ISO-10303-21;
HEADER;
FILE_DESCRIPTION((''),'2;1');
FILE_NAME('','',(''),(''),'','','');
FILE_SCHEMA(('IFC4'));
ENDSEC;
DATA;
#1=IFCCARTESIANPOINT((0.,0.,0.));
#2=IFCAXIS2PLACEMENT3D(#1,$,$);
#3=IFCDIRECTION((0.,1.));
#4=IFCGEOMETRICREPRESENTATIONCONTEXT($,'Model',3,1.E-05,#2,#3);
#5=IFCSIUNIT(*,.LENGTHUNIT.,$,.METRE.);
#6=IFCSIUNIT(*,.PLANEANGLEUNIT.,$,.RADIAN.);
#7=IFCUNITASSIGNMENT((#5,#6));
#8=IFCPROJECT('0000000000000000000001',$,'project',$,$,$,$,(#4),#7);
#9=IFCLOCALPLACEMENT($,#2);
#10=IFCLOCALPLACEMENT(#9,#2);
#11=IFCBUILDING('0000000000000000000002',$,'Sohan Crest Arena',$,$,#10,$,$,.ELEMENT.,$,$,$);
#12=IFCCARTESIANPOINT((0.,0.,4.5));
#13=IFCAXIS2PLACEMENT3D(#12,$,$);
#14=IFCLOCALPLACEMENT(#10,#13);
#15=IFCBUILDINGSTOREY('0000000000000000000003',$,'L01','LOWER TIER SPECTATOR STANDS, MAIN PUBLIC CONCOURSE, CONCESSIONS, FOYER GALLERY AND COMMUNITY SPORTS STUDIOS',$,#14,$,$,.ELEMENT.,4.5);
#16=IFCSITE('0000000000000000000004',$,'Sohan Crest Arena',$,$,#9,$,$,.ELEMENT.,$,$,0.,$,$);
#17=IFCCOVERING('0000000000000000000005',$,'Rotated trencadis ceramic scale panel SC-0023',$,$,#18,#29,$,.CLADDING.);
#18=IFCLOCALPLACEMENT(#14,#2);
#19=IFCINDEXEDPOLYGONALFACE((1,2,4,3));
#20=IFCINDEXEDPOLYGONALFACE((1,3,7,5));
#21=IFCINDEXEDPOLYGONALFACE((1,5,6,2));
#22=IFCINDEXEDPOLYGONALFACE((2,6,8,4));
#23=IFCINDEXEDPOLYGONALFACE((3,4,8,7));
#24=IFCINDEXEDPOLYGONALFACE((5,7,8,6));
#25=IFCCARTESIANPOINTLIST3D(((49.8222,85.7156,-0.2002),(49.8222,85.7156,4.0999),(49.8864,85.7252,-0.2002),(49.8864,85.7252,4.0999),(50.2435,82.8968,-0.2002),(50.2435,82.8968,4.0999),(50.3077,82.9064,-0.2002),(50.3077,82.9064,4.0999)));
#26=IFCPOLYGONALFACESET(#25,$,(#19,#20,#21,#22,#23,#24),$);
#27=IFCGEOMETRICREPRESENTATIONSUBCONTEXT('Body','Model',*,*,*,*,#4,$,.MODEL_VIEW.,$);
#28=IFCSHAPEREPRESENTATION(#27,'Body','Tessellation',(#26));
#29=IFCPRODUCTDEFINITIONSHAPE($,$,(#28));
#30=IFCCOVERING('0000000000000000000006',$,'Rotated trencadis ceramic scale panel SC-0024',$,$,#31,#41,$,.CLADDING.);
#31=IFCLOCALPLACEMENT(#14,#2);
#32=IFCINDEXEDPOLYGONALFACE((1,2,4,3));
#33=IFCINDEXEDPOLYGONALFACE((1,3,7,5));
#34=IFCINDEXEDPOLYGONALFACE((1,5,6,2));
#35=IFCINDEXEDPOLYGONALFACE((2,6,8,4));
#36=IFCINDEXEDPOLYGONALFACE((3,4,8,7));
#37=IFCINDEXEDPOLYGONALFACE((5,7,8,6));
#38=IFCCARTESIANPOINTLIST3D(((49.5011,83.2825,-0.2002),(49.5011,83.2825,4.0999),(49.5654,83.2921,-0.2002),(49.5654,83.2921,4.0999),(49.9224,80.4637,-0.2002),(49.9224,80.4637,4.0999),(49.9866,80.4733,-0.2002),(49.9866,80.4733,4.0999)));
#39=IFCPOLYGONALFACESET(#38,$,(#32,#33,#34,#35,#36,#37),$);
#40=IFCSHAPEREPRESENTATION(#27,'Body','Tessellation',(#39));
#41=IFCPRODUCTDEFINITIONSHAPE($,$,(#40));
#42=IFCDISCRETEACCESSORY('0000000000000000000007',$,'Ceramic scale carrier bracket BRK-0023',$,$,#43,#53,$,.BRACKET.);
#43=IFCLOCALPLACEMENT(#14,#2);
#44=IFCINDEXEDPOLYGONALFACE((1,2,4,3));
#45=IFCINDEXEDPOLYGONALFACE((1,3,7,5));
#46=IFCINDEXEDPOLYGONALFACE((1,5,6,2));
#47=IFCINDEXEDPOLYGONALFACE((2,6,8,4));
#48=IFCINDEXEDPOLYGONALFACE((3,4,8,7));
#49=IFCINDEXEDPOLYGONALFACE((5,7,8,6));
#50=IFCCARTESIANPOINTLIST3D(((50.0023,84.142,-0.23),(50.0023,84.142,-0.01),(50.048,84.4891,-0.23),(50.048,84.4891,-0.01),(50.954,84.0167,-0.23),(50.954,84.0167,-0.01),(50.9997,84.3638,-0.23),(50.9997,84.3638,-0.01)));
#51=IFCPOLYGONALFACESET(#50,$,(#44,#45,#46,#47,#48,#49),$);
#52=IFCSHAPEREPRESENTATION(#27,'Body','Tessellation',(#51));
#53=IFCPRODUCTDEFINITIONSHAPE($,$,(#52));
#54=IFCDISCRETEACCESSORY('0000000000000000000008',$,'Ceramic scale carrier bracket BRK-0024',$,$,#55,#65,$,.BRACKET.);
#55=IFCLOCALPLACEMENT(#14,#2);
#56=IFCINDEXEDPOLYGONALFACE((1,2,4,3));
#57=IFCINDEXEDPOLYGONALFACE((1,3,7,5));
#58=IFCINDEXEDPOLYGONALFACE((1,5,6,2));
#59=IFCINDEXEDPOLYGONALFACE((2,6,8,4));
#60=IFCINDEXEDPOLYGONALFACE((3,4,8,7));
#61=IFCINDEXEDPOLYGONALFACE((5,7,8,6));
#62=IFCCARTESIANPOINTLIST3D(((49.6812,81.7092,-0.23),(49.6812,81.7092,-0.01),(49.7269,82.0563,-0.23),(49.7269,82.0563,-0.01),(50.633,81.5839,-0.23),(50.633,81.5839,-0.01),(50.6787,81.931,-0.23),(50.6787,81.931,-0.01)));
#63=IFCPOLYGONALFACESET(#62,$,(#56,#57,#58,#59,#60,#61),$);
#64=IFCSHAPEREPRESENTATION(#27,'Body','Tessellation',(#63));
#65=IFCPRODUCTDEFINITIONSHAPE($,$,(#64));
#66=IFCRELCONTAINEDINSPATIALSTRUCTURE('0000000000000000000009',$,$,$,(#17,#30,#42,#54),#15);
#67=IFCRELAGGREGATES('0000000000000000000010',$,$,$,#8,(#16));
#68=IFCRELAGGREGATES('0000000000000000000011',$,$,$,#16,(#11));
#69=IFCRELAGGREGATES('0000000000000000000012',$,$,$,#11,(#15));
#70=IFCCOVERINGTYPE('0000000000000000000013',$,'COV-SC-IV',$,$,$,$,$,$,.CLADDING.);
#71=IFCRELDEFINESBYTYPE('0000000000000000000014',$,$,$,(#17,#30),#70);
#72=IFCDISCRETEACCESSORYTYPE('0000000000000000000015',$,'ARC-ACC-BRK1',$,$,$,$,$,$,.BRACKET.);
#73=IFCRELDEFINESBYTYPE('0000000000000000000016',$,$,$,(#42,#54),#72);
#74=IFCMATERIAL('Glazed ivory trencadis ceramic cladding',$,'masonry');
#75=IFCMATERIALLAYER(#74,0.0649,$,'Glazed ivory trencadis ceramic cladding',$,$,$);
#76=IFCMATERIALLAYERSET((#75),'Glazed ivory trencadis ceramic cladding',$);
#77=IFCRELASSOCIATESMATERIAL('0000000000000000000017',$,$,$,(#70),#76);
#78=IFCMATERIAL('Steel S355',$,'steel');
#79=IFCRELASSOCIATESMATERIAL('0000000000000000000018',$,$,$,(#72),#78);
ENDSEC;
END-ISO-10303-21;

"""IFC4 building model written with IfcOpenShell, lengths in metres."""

from ifc_helpers import new_model, si_unit, direction, frame, origin, origin_2d, place, context, subcontext, project, spatial, rectangle, extrude, material, layer, layer_set, type_object, element, save


model = new_model("IFC4")

# Units and contexts
model_context = context("Model", 3, precision=1e-05, world=origin(), true_north=direction((0.0, 1.0)))
body_context = subcontext(model_context, "Body", "Model", "MODEL_VIEW")
ifc_project = project(units=[si_unit("LENGTHUNIT", "METRE"), si_unit("PLANEANGLEUNIT", "RADIAN")], contexts=[model_context])

# Site, building, storey
site_placement = place(None, origin())
site = spatial("IfcSite", under=ifc_project, at=site_placement, Name="Sohan Crest Arena", CompositionType="ELEMENT", RefElevation=0.0)
building_placement = place(site_placement, origin())
building = spatial("IfcBuilding", under=site, at=building_placement, Name="Sohan Crest Arena", CompositionType="ELEMENT")
storey_placement = place(building_placement, frame((0.0, 0.0, 4.5)))
storey = spatial("IfcBuildingStorey", under=building, at=storey_placement, Name="L01", Description="LOWER TIER SPECTATOR STANDS, MAIN PUBLIC CONCOURSE, CONCESSIONS, FOYER GALLERY AND COMMUNITY SPORTS STUDIOS", CompositionType="ELEMENT", Elevation=4.5)

# Shared definitions
ifc_material_1 = material(Name="Steel S355", Category="steel")

# Coverings
ifc_material_2 = material(Name="Glazed ivory trencadis ceramic cladding", Category="masonry")
ifc_layer_1 = layer(ifc_material_2, 0.0649, Name="Glazed ivory trencadis ceramic cladding")
ifc_layer_set_1 = layer_set([ifc_layer_1], Name="Glazed ivory trencadis ceramic cladding")
covering_type = type_object("IfcCoveringType", Name="COV-SC-IV", PredefinedType="CLADDING", material=ifc_layer_set_1)
for number, where, z_axis, x_axis, name in (
    (1, (50.0649, 84.311, -0.2002), (0.0, 0.0, 1.0), (0.147809, -0.989016, 0.0), "Rotated trencadis ceramic scale panel SC-0023"),
    (2, (49.7439, 81.8779, -0.2002), (0.0, 0.0, 1.0), (0.147809, -0.989016, 0.0), "Rotated trencadis ceramic scale panel SC-0024"),
):
    element("IfcCovering", number, at=place(storey_placement, frame(where, z_axis=z_axis, x_axis=x_axis)), inside=storey, type_object=covering_type, Name=name, PredefinedType="CLADDING", context=body_context, shape_type="SweptSolid", body=[
        extrude(rectangle(XDim=2.8501, YDim=0.0649, at=origin_2d()), origin(), (0.0, 0.0, 1.0), 4.3),
    ])

# Discrete accessories
discrete_accessory_type = type_object("IfcDiscreteAccessoryType", Name="ARC-ACC-BRK1", PredefinedType="BRACKET", material=ifc_material_1)
for number, where, z_axis, x_axis, name in (
    (3, (50.501, 84.2529, -0.23), (0.0, 0.0, 1.0), (-0.130526, -0.991445, 0.0), "Ceramic scale carrier bracket BRK-0023"),
    (4, (50.1799, 81.8201, -0.23), (0.0, 0.0, 1.0), (-0.130526, -0.991445, 0.0), "Ceramic scale carrier bracket BRK-0024"),
):
    element("IfcDiscreteAccessory", number, at=place(storey_placement, frame(where, z_axis=z_axis, x_axis=x_axis)), inside=storey, type_object=discrete_accessory_type, Name=name, PredefinedType="BRACKET", context=body_context, shape_type="SweptSolid", body=[
        extrude(rectangle(XDim=0.3501, YDim=0.96, at=origin_2d()), origin(), (0.0, 0.0, 1.0), 0.22),
    ])

save(model, "model.ifc")
